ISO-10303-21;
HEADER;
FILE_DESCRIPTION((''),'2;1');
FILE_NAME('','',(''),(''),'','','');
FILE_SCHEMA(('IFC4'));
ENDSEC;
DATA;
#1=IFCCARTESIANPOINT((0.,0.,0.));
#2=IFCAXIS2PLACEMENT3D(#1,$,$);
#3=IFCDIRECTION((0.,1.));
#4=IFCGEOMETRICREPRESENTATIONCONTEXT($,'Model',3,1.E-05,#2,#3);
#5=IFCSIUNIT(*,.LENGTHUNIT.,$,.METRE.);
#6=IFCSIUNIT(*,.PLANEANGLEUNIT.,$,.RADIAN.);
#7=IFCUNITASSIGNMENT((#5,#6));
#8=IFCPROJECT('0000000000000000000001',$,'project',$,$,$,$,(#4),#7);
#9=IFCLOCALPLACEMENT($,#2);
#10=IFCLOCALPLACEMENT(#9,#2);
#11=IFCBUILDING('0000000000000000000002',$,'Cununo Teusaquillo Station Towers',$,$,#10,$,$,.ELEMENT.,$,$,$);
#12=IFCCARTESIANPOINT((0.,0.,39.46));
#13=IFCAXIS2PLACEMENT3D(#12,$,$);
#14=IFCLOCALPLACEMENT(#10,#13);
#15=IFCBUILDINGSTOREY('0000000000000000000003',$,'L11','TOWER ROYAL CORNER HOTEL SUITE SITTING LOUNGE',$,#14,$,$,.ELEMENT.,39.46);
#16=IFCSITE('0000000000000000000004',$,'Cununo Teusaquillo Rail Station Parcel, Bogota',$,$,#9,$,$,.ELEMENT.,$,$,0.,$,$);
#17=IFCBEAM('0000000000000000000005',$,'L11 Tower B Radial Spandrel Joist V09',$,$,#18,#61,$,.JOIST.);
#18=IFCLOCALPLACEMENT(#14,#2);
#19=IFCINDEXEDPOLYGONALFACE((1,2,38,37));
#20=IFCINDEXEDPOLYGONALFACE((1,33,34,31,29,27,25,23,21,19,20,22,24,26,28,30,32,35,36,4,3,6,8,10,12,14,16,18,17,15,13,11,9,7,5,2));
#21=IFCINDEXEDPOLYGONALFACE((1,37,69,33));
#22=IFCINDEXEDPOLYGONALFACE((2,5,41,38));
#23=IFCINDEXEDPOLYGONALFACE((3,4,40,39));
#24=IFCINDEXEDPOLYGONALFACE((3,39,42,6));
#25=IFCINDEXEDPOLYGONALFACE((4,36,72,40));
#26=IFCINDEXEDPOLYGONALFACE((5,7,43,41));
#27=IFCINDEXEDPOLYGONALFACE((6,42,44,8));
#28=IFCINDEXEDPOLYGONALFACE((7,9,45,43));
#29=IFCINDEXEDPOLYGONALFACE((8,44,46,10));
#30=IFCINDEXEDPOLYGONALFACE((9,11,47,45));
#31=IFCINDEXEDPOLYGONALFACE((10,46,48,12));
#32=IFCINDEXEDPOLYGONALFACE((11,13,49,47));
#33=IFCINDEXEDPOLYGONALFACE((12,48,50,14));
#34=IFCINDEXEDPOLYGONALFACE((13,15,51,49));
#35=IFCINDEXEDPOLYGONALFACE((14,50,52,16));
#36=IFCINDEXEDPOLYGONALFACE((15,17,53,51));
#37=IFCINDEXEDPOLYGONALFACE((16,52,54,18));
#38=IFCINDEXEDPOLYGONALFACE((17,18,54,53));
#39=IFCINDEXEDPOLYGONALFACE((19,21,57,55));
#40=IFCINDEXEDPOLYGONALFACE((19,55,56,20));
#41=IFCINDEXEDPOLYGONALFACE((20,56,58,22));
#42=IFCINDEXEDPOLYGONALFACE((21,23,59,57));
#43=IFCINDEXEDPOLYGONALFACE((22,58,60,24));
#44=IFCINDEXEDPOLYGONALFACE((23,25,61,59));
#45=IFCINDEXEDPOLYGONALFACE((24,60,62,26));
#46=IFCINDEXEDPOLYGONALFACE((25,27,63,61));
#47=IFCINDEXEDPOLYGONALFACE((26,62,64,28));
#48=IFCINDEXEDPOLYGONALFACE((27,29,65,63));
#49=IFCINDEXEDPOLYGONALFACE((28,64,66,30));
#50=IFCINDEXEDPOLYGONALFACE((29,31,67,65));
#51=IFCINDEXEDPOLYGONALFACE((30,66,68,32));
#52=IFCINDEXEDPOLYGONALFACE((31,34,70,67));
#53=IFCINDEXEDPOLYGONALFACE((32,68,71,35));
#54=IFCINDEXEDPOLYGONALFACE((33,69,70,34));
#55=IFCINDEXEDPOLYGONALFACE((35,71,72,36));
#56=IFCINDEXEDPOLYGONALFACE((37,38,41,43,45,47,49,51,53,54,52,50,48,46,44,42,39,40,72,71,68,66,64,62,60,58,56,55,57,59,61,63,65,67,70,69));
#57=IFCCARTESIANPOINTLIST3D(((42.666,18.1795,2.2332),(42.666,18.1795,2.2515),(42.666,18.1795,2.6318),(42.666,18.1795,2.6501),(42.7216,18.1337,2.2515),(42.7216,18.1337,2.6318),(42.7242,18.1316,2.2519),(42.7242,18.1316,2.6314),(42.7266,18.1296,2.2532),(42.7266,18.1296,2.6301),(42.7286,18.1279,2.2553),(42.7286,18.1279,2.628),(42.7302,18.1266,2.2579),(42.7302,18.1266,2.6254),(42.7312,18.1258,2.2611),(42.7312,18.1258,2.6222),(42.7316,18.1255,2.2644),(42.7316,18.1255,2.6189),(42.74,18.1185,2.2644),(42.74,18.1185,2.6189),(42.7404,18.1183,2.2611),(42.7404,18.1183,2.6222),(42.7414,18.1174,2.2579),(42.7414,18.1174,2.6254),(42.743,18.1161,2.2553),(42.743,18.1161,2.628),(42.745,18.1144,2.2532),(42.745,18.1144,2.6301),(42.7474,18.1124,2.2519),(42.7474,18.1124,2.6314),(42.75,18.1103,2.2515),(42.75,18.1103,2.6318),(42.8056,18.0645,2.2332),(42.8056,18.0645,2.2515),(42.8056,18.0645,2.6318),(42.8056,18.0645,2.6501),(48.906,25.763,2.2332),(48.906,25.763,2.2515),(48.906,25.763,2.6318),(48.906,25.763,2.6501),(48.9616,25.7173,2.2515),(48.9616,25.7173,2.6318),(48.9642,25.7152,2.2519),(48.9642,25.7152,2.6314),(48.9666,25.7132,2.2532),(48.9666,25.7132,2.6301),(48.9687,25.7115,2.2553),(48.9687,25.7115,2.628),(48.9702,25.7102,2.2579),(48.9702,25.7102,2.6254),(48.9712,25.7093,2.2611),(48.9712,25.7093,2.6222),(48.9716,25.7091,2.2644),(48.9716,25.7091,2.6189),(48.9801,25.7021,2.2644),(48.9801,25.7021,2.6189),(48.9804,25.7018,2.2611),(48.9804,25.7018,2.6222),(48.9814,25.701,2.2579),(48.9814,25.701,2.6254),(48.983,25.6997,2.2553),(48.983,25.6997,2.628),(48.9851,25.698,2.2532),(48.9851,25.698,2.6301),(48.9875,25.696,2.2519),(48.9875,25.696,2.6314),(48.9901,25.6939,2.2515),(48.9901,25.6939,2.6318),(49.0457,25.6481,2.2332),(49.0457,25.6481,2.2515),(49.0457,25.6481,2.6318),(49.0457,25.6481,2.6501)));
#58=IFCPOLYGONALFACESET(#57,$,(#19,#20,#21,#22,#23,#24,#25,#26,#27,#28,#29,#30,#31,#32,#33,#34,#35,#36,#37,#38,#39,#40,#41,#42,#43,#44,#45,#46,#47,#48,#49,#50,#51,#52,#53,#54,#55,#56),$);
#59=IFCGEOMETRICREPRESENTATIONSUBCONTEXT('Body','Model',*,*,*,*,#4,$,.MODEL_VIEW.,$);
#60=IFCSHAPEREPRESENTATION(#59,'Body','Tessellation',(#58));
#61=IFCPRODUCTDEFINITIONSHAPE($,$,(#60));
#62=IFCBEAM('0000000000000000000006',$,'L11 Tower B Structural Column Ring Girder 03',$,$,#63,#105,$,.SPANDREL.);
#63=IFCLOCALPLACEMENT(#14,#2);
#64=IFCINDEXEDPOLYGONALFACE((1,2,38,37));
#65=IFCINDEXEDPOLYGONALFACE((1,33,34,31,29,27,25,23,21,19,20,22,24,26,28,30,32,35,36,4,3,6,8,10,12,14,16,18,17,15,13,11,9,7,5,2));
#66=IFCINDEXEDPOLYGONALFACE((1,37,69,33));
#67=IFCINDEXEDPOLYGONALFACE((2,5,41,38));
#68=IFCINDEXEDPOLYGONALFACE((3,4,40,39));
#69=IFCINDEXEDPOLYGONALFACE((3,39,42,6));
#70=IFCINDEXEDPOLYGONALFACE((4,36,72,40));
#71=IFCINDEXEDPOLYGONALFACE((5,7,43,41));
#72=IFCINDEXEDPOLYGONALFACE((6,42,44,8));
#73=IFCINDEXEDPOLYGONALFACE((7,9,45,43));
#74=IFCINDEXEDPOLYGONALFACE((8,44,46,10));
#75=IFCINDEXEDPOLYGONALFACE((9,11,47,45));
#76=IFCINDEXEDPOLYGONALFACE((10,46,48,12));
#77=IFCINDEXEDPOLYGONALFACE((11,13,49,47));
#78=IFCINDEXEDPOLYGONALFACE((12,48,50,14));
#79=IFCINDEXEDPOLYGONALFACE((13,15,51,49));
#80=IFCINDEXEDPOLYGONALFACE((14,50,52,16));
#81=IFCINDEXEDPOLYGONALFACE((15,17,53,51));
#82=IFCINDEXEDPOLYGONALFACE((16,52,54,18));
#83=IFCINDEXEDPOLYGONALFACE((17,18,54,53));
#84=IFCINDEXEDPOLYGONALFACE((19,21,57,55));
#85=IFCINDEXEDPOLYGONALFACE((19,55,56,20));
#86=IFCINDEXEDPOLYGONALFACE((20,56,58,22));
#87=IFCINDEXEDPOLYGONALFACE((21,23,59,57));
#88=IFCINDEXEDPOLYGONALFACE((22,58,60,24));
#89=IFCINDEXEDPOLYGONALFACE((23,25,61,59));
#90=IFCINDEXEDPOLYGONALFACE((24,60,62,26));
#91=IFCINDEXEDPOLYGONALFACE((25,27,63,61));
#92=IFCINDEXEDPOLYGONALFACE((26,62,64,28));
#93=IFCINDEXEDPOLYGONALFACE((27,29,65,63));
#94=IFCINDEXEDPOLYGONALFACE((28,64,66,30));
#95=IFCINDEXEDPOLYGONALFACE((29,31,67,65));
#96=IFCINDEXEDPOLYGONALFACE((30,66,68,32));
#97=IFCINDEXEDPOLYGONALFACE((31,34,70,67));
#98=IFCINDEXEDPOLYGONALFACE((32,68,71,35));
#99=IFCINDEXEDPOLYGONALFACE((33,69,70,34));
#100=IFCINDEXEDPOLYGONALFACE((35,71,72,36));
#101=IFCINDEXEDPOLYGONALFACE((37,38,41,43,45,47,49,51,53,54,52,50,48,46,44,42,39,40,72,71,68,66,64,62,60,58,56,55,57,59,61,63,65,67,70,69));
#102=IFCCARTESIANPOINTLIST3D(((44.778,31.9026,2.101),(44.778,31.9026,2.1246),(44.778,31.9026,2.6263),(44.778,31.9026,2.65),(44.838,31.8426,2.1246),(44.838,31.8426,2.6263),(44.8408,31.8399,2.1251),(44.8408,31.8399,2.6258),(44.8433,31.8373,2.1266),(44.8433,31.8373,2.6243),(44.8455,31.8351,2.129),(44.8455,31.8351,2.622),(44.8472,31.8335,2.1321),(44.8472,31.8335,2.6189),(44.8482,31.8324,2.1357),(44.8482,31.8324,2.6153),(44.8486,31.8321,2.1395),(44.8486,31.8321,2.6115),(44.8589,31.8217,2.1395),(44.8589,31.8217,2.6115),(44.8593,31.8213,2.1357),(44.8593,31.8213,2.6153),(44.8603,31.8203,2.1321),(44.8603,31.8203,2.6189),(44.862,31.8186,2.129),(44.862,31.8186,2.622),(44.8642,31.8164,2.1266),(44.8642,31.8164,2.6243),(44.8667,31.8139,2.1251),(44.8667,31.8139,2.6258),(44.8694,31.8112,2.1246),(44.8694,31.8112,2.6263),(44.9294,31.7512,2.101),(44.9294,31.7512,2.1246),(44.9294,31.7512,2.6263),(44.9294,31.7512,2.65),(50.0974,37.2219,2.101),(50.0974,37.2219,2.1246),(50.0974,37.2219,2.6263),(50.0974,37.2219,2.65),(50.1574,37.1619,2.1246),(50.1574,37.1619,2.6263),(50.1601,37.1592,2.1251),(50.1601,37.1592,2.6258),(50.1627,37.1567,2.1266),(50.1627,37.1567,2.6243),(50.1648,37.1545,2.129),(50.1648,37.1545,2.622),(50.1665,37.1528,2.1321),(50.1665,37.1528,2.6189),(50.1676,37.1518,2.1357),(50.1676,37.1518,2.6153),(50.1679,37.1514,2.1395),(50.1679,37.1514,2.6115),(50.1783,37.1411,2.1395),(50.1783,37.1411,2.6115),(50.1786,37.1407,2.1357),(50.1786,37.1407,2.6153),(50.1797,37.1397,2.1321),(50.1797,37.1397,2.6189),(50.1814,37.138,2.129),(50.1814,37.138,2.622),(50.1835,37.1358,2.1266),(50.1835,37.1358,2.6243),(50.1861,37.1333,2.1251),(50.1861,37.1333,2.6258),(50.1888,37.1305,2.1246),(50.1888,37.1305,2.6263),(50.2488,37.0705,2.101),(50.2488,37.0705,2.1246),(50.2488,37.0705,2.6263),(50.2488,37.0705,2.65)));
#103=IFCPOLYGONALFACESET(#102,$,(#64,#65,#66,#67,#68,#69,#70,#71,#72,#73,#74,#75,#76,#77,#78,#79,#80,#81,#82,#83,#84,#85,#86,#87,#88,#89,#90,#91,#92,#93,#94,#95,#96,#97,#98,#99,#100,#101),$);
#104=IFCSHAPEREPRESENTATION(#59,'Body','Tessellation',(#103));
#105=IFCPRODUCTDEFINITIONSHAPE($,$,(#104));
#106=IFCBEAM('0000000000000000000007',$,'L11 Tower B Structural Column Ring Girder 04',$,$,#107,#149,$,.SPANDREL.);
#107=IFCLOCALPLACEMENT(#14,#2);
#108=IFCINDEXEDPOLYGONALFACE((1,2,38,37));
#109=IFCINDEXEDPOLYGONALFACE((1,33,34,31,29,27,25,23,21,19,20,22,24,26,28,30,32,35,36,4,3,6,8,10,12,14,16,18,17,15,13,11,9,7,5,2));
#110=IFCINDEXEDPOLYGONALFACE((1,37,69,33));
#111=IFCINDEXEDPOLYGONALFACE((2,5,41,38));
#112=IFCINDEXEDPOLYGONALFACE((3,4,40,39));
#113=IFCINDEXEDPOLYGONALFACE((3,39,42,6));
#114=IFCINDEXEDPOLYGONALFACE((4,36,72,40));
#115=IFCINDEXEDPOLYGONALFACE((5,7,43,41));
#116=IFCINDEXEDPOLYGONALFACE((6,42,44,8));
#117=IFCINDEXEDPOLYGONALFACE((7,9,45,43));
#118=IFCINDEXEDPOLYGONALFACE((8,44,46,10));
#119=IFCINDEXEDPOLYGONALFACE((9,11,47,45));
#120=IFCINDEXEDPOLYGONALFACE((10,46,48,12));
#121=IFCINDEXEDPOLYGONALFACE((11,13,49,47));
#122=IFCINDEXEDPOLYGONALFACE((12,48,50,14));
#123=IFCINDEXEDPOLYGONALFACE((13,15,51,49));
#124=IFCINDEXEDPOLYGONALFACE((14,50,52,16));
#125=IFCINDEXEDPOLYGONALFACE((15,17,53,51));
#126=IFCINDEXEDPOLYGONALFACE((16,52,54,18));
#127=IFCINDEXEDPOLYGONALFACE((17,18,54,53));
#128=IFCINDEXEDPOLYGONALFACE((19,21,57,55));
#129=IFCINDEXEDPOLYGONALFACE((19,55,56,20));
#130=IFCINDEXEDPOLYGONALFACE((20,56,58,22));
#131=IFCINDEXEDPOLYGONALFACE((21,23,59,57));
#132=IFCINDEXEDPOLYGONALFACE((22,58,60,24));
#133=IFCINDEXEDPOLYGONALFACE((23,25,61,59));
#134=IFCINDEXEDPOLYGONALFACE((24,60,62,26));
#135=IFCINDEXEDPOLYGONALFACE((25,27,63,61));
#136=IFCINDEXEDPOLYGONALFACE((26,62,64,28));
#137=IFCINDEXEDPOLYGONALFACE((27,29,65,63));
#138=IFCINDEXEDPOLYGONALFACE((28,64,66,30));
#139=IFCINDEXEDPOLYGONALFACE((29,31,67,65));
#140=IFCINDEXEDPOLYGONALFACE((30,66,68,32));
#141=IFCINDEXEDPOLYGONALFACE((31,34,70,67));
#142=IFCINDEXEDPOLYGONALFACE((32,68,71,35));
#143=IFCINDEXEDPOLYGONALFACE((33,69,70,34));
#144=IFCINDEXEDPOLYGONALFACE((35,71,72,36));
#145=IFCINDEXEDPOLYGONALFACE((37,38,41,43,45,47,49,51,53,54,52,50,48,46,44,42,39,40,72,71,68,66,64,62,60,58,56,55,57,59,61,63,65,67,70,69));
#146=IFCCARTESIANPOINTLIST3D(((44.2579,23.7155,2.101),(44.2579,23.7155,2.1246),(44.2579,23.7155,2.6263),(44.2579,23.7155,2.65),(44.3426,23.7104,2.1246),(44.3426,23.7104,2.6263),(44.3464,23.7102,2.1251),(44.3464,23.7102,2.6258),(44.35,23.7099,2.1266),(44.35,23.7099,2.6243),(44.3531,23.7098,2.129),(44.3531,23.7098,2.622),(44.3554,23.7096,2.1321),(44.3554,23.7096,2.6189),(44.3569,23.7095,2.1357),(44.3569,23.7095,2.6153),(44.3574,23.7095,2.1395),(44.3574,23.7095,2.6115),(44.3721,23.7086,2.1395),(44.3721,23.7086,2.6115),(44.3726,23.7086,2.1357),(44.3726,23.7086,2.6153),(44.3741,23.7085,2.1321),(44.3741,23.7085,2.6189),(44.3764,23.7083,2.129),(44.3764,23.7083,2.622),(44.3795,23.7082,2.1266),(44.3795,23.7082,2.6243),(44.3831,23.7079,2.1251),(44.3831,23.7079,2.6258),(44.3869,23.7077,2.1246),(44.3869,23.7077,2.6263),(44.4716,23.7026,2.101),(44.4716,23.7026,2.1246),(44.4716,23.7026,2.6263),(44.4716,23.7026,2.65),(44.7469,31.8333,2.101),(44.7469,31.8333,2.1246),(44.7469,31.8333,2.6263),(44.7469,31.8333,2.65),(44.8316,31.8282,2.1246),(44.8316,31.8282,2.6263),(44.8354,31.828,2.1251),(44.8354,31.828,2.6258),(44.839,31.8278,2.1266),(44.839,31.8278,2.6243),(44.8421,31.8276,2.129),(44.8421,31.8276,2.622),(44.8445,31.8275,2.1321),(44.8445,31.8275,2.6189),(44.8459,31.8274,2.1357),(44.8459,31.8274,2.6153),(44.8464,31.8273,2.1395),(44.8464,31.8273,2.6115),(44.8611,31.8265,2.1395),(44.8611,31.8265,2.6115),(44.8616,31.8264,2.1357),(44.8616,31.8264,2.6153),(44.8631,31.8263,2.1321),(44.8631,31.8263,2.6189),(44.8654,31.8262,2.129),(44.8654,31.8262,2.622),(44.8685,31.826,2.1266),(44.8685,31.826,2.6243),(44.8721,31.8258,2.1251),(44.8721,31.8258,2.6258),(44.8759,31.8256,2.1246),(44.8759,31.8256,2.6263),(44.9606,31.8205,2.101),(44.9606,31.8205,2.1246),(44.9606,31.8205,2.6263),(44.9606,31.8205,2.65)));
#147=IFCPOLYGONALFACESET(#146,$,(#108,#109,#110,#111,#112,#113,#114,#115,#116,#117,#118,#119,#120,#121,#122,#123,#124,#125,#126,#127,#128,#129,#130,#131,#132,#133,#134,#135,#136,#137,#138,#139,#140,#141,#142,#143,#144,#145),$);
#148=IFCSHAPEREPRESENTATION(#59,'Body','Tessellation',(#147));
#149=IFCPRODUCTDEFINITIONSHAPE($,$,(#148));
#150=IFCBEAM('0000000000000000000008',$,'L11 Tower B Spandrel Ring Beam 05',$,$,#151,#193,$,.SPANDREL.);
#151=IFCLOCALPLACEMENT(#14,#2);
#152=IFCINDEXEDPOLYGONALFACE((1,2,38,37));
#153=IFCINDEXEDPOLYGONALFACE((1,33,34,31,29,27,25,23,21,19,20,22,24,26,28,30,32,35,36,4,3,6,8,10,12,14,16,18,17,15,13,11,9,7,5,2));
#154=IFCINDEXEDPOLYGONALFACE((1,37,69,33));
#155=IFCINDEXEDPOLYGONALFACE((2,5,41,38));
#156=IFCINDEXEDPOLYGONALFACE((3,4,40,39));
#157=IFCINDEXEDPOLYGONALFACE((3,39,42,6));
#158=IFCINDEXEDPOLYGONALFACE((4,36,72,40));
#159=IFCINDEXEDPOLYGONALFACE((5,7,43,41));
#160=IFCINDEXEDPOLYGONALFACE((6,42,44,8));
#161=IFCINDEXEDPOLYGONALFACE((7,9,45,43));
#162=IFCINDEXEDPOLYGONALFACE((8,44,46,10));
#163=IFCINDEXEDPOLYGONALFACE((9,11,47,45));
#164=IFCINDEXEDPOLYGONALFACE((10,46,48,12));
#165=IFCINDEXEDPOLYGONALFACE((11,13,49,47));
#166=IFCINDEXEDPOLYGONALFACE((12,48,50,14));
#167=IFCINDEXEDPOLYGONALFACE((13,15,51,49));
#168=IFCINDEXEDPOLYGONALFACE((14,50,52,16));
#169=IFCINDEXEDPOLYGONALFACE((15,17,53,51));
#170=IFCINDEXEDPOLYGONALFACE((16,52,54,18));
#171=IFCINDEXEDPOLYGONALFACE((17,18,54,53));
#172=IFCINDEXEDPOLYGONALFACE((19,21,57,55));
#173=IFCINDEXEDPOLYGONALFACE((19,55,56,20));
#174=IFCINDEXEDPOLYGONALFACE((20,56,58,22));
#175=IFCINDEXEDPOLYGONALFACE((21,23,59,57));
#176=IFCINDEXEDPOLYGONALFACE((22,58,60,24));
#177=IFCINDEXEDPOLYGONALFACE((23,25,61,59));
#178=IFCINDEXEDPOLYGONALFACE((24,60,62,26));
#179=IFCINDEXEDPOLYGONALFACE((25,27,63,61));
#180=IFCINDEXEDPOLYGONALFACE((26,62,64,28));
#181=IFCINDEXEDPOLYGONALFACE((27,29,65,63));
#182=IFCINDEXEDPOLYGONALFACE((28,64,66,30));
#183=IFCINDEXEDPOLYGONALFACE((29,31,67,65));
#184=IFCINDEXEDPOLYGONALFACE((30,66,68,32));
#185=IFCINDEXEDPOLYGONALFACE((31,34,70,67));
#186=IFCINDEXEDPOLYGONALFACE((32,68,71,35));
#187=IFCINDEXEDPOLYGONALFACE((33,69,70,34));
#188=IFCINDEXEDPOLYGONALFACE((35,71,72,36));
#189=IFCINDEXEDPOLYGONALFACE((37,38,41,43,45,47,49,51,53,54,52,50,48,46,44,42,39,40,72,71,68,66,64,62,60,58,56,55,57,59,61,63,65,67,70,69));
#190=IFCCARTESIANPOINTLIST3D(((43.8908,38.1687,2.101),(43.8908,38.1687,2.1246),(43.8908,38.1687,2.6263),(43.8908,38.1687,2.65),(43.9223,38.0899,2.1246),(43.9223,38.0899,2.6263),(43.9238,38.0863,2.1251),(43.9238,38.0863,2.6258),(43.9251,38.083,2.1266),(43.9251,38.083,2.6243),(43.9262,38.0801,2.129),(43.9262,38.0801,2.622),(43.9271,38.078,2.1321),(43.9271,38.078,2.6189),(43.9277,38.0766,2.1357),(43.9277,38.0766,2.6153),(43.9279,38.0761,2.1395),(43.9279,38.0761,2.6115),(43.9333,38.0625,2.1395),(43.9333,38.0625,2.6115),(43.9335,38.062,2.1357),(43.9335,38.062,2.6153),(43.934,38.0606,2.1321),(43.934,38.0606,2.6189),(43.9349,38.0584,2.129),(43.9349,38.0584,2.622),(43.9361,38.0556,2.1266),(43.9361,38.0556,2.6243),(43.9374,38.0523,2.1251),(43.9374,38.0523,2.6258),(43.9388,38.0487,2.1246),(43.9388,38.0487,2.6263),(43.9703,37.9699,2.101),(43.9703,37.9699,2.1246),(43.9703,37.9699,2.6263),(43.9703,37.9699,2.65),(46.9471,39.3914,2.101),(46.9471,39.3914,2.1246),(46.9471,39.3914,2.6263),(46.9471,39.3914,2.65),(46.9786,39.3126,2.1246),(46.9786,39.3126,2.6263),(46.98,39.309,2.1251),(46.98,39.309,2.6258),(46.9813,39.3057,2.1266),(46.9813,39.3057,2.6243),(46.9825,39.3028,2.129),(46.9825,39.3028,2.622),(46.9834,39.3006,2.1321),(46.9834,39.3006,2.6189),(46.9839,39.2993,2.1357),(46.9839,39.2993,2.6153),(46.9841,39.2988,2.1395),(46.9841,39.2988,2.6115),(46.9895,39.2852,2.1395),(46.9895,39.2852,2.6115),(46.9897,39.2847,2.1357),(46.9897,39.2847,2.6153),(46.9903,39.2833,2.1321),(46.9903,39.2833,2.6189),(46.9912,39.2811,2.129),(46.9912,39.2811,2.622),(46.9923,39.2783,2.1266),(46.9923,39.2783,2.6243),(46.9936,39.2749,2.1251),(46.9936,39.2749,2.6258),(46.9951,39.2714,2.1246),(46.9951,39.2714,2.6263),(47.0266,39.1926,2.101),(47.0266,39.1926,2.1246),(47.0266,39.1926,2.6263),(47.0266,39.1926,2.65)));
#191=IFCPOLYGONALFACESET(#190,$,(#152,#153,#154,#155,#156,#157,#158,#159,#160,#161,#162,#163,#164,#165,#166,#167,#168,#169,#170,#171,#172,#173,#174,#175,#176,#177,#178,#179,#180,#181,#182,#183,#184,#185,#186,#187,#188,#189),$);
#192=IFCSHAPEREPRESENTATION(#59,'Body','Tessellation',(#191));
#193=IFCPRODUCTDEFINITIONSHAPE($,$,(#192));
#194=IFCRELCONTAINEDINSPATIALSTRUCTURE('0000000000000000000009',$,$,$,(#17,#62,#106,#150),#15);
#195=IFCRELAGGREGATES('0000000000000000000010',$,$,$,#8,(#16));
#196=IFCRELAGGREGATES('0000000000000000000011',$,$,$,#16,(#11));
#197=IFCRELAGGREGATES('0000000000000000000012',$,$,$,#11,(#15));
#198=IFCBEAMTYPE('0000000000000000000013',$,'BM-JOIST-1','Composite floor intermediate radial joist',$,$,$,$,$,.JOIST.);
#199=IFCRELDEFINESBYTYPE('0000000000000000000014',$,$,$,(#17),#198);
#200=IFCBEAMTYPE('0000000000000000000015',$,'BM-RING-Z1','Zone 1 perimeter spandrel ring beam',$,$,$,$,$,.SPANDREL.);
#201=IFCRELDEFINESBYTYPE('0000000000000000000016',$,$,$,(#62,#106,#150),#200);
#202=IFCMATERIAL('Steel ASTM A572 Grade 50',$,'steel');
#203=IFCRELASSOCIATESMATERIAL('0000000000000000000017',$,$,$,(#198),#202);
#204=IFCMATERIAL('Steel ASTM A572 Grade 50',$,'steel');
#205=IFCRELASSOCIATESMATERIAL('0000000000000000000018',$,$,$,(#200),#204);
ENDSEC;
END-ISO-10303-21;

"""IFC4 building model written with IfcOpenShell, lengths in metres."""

from ifc_helpers import new_model, si_unit, direction, frame, origin, origin_2d, place, context, subcontext, project, spatial, i_section, extrude, material, material_profile, profile_set, type_object, element, save


model = new_model("IFC4")

# Units and contexts
model_context = context("Model", 3, precision=1e-05, world=origin(), true_north=direction((0.0, 1.0)))
body_context = subcontext(model_context, "Body", "Model", "MODEL_VIEW")
ifc_project = project(units=[si_unit("LENGTHUNIT", "METRE"), si_unit("PLANEANGLEUNIT", "RADIAN")], contexts=[model_context])

# Site, building, storey
site_placement = place(None, origin())
site = spatial("IfcSite", under=ifc_project, at=site_placement, Name="Cununo Teusaquillo Rail Station Parcel, Bogota", CompositionType="ELEMENT", RefElevation=0.0)
building_placement = place(site_placement, origin())
building = spatial("IfcBuilding", under=site, at=building_placement, Name="Cununo Teusaquillo Station Towers", CompositionType="ELEMENT")
storey_placement = place(building_placement, frame((0.0, 0.0, 39.46)))
storey = spatial("IfcBuildingStorey", under=building, at=storey_placement, Name="L11", Description="TOWER ROYAL CORNER HOTEL SUITE SITTING LOUNGE", CompositionType="ELEMENT", Elevation=39.46)

# Beams
ifc_material_1 = material(Name="Steel ASTM A572 Grade 50", Category="steel")
ifc_material_profile_1 = material_profile(ifc_material_1, i_section(OverallWidth=0.1809, OverallDepth=0.417, WebThickness=0.011, FlangeThickness=0.0183, FilletRadius=0.0129, at=origin_2d()), Name="W16X57")
ifc_profile_set_1 = profile_set([ifc_material_profile_1], Name="Steel ASTM A572 Grade 50")
beam_type_1 = type_object("IfcBeamType", Name="BM-JOIST-1", Description="Composite floor intermediate radial joist", PredefinedType="JOIST", material=ifc_profile_set_1)
beam_1_placement = place(storey_placement, frame((48.9758, 25.7056, 2.4417), z_axis=(-0.635389, -0.772192, 0.0), x_axis=(0.772192, -0.635389, 0.0)))
element("IfcBeam", 1, at=beam_1_placement, inside=storey, type_object=beam_type_1, Name="L11 Tower B Radial Spandrel Joist V09", PredefinedType="JOIST", context=body_context, shape_type="SweptSolid", body=[
    extrude(i_section(OverallWidth=0.1809, OverallDepth=0.417, WebThickness=0.011, FlangeThickness=0.0183, FilletRadius=0.0129, at=origin_2d()), origin(), (0.0, 0.0, 1.0), 9.8208),
])
ifc_material_2 = material(Name="Steel ASTM A572 Grade 50", Category="steel")
ifc_material_profile_2 = material_profile(ifc_material_2, i_section(OverallWidth=0.2141, OverallDepth=0.5491, WebThickness=0.0146, FlangeThickness=0.0237, FilletRadius=0.0149, at=origin_2d()), Name="W21X93")
ifc_profile_set_2 = profile_set([ifc_material_profile_2], Name="Steel ASTM A572 Grade 50")
beam_type_2 = type_object("IfcBeamType", Name="BM-RING-Z1", Description="Zone 1 perimeter spandrel ring beam", PredefinedType="SPANDREL", material=ifc_profile_set_2)
beam_2_placement = place(storey_placement, frame((50.1731, 37.1462, 2.3755), z_axis=(-0.707107, -0.707107, 0.0), x_axis=(0.707107, -0.707107, 0.0)))
element("IfcBeam", 2, at=beam_2_placement, inside=storey, type_object=beam_type_2, Name="L11 Tower B Structural Column Ring Girder 03", PredefinedType="SPANDREL", context=body_context, shape_type="SweptSolid", body=[
    extrude(i_section(OverallWidth=0.2141, OverallDepth=0.5491, WebThickness=0.0146, FlangeThickness=0.0237, FilletRadius=0.0149, at=origin_2d()), origin(), (0.0, 0.0, 1.0), 7.5227),
])
beam_3_placement = place(storey_placement, frame((44.8538, 31.8269, 2.3755), z_axis=(-0.06013, -0.998191, 0.0), x_axis=(0.998191, -0.06013, 0.0)))
element("IfcBeam", 3, at=beam_3_placement, inside=storey, type_object=beam_type_2, Name="L11 Tower B Structural Column Ring Girder 04", PredefinedType="SPANDREL", context=body_context, shape_type="SweptSolid", body=[
    extrude(i_section(OverallWidth=0.2141, OverallDepth=0.5491, WebThickness=0.0146, FlangeThickness=0.0237, FilletRadius=0.0149, at=origin_2d()), origin(), (0.0, 0.0, 1.0), 8.1326),
])
for number, where, z_axis, x_axis, name in (
    (4, (46.9868, 39.292, 2.3755), (-0.928456, -0.371442, 0.0), (0.371442, -0.928456, 0.0), "L11 Tower B Spandrel Ring Beam 05"),
):
    element("IfcBeam", number, at=place(storey_placement, frame(where, z_axis=z_axis, x_axis=x_axis)), inside=storey, type_object=beam_type_2, Name=name, PredefinedType="SPANDREL", context=body_context, shape_type="SweptSolid", body=[
        extrude(i_section(OverallWidth=0.2141, OverallDepth=0.5491, WebThickness=0.0146, FlangeThickness=0.0237, FilletRadius=0.0149, at=origin_2d()), origin(), (0.0, 0.0, 1.0), 3.2917),
    ])

save(model, "model.ifc")
